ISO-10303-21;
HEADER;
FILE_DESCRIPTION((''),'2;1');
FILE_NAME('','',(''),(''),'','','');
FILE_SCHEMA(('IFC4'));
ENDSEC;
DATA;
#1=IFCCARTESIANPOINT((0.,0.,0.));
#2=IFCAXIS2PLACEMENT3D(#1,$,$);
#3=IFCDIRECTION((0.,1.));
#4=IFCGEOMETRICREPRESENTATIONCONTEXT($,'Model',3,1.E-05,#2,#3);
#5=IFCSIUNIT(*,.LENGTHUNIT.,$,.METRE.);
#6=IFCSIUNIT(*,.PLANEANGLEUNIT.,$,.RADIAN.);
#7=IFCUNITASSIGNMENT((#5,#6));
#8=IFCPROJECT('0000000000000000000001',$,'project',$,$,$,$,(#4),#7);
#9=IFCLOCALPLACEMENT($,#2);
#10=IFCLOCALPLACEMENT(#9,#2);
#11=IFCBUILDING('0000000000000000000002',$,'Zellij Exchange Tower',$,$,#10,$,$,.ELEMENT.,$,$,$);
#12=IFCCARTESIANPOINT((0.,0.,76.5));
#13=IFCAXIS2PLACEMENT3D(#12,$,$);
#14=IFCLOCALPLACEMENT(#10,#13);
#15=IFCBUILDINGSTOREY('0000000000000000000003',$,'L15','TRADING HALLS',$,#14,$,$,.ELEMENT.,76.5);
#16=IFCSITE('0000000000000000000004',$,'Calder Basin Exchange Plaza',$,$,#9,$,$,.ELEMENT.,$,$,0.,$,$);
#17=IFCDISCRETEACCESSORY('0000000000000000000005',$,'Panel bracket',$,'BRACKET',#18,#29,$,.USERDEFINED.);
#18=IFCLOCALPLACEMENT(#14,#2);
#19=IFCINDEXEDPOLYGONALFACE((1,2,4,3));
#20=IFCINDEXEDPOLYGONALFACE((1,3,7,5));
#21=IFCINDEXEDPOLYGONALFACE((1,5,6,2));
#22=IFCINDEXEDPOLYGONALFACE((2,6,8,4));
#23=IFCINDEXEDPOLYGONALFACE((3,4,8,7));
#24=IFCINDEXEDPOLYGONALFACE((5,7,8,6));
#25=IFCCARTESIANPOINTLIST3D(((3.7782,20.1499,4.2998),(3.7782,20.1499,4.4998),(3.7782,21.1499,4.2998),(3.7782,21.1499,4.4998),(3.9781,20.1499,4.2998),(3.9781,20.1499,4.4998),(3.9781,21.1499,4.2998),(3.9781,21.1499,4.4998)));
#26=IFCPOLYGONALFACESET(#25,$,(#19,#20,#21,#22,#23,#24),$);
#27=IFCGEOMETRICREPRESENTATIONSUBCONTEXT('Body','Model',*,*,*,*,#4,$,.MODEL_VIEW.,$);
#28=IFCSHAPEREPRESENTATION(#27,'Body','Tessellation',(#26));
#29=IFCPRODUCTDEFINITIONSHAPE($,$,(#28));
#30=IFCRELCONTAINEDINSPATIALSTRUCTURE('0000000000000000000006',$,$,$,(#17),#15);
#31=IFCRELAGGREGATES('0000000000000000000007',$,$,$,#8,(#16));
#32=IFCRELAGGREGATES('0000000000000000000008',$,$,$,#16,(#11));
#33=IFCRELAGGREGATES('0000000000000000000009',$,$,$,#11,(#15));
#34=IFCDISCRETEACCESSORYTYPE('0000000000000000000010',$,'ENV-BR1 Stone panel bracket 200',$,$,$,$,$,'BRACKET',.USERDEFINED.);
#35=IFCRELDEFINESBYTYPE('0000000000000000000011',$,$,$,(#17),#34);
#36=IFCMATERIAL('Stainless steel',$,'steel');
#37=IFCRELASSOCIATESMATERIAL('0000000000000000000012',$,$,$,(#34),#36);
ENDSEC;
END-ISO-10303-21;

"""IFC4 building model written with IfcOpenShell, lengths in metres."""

from ifc_helpers import new_model, si_unit, direction, frame, origin, origin_2d, place, context, subcontext, project, spatial, rectangle, extrude, material, type_object, element, save


model = new_model("IFC4")

# Units and contexts
model_context = context("Model", 3, precision=1e-05, world=origin(), true_north=direction((0.0, 1.0)))
body_context = subcontext(model_context, "Body", "Model", "MODEL_VIEW")
ifc_project = project(units=[si_unit("LENGTHUNIT", "METRE"), si_unit("PLANEANGLEUNIT", "RADIAN")], contexts=[model_context])

# Site, building, storey
site_placement = place(None, origin())
site = spatial("IfcSite", under=ifc_project, at=site_placement, Name="Calder Basin Exchange Plaza", CompositionType="ELEMENT", RefElevation=0.0)
building_placement = place(site_placement, origin())
building = spatial("IfcBuilding", under=site, at=building_placement, Name="Zellij Exchange Tower", CompositionType="ELEMENT")
storey_placement = place(building_placement, frame((0.0, 0.0, 76.5)))
storey = spatial("IfcBuildingStorey", under=building, at=storey_placement, Name="L15", Description="TRADING HALLS", CompositionType="ELEMENT", Elevation=76.5)

# Discrete accessory
ifc_material_1 = material(Name="Stainless steel", Category="steel")
discrete_accessory_type = type_object("IfcDiscreteAccessoryType", Name="ENV-BR1 Stone panel bracket 200", ElementType="BRACKET", PredefinedType="USERDEFINED", material=ifc_material_1)
for number, where, z_axis, x_axis, name in (
    (1, (3.8782, 20.6499, 4.2998), (0.0, 0.0, 1.0), (-1.0, 0.0, 0.0), "Panel bracket"),
):
    element("IfcDiscreteAccessory", number, at=place(storey_placement, frame(where, z_axis=z_axis, x_axis=x_axis)), inside=storey, type_object=discrete_accessory_type, Name=name, ObjectType="BRACKET", PredefinedType="USERDEFINED", context=body_context, shape_type="SweptSolid", body=[
        extrude(rectangle(XDim=0.2, YDim=1.0, at=origin_2d()), origin(), (0.0, 0.0, 1.0), 0.2),
    ])

save(model, "model.ifc")
